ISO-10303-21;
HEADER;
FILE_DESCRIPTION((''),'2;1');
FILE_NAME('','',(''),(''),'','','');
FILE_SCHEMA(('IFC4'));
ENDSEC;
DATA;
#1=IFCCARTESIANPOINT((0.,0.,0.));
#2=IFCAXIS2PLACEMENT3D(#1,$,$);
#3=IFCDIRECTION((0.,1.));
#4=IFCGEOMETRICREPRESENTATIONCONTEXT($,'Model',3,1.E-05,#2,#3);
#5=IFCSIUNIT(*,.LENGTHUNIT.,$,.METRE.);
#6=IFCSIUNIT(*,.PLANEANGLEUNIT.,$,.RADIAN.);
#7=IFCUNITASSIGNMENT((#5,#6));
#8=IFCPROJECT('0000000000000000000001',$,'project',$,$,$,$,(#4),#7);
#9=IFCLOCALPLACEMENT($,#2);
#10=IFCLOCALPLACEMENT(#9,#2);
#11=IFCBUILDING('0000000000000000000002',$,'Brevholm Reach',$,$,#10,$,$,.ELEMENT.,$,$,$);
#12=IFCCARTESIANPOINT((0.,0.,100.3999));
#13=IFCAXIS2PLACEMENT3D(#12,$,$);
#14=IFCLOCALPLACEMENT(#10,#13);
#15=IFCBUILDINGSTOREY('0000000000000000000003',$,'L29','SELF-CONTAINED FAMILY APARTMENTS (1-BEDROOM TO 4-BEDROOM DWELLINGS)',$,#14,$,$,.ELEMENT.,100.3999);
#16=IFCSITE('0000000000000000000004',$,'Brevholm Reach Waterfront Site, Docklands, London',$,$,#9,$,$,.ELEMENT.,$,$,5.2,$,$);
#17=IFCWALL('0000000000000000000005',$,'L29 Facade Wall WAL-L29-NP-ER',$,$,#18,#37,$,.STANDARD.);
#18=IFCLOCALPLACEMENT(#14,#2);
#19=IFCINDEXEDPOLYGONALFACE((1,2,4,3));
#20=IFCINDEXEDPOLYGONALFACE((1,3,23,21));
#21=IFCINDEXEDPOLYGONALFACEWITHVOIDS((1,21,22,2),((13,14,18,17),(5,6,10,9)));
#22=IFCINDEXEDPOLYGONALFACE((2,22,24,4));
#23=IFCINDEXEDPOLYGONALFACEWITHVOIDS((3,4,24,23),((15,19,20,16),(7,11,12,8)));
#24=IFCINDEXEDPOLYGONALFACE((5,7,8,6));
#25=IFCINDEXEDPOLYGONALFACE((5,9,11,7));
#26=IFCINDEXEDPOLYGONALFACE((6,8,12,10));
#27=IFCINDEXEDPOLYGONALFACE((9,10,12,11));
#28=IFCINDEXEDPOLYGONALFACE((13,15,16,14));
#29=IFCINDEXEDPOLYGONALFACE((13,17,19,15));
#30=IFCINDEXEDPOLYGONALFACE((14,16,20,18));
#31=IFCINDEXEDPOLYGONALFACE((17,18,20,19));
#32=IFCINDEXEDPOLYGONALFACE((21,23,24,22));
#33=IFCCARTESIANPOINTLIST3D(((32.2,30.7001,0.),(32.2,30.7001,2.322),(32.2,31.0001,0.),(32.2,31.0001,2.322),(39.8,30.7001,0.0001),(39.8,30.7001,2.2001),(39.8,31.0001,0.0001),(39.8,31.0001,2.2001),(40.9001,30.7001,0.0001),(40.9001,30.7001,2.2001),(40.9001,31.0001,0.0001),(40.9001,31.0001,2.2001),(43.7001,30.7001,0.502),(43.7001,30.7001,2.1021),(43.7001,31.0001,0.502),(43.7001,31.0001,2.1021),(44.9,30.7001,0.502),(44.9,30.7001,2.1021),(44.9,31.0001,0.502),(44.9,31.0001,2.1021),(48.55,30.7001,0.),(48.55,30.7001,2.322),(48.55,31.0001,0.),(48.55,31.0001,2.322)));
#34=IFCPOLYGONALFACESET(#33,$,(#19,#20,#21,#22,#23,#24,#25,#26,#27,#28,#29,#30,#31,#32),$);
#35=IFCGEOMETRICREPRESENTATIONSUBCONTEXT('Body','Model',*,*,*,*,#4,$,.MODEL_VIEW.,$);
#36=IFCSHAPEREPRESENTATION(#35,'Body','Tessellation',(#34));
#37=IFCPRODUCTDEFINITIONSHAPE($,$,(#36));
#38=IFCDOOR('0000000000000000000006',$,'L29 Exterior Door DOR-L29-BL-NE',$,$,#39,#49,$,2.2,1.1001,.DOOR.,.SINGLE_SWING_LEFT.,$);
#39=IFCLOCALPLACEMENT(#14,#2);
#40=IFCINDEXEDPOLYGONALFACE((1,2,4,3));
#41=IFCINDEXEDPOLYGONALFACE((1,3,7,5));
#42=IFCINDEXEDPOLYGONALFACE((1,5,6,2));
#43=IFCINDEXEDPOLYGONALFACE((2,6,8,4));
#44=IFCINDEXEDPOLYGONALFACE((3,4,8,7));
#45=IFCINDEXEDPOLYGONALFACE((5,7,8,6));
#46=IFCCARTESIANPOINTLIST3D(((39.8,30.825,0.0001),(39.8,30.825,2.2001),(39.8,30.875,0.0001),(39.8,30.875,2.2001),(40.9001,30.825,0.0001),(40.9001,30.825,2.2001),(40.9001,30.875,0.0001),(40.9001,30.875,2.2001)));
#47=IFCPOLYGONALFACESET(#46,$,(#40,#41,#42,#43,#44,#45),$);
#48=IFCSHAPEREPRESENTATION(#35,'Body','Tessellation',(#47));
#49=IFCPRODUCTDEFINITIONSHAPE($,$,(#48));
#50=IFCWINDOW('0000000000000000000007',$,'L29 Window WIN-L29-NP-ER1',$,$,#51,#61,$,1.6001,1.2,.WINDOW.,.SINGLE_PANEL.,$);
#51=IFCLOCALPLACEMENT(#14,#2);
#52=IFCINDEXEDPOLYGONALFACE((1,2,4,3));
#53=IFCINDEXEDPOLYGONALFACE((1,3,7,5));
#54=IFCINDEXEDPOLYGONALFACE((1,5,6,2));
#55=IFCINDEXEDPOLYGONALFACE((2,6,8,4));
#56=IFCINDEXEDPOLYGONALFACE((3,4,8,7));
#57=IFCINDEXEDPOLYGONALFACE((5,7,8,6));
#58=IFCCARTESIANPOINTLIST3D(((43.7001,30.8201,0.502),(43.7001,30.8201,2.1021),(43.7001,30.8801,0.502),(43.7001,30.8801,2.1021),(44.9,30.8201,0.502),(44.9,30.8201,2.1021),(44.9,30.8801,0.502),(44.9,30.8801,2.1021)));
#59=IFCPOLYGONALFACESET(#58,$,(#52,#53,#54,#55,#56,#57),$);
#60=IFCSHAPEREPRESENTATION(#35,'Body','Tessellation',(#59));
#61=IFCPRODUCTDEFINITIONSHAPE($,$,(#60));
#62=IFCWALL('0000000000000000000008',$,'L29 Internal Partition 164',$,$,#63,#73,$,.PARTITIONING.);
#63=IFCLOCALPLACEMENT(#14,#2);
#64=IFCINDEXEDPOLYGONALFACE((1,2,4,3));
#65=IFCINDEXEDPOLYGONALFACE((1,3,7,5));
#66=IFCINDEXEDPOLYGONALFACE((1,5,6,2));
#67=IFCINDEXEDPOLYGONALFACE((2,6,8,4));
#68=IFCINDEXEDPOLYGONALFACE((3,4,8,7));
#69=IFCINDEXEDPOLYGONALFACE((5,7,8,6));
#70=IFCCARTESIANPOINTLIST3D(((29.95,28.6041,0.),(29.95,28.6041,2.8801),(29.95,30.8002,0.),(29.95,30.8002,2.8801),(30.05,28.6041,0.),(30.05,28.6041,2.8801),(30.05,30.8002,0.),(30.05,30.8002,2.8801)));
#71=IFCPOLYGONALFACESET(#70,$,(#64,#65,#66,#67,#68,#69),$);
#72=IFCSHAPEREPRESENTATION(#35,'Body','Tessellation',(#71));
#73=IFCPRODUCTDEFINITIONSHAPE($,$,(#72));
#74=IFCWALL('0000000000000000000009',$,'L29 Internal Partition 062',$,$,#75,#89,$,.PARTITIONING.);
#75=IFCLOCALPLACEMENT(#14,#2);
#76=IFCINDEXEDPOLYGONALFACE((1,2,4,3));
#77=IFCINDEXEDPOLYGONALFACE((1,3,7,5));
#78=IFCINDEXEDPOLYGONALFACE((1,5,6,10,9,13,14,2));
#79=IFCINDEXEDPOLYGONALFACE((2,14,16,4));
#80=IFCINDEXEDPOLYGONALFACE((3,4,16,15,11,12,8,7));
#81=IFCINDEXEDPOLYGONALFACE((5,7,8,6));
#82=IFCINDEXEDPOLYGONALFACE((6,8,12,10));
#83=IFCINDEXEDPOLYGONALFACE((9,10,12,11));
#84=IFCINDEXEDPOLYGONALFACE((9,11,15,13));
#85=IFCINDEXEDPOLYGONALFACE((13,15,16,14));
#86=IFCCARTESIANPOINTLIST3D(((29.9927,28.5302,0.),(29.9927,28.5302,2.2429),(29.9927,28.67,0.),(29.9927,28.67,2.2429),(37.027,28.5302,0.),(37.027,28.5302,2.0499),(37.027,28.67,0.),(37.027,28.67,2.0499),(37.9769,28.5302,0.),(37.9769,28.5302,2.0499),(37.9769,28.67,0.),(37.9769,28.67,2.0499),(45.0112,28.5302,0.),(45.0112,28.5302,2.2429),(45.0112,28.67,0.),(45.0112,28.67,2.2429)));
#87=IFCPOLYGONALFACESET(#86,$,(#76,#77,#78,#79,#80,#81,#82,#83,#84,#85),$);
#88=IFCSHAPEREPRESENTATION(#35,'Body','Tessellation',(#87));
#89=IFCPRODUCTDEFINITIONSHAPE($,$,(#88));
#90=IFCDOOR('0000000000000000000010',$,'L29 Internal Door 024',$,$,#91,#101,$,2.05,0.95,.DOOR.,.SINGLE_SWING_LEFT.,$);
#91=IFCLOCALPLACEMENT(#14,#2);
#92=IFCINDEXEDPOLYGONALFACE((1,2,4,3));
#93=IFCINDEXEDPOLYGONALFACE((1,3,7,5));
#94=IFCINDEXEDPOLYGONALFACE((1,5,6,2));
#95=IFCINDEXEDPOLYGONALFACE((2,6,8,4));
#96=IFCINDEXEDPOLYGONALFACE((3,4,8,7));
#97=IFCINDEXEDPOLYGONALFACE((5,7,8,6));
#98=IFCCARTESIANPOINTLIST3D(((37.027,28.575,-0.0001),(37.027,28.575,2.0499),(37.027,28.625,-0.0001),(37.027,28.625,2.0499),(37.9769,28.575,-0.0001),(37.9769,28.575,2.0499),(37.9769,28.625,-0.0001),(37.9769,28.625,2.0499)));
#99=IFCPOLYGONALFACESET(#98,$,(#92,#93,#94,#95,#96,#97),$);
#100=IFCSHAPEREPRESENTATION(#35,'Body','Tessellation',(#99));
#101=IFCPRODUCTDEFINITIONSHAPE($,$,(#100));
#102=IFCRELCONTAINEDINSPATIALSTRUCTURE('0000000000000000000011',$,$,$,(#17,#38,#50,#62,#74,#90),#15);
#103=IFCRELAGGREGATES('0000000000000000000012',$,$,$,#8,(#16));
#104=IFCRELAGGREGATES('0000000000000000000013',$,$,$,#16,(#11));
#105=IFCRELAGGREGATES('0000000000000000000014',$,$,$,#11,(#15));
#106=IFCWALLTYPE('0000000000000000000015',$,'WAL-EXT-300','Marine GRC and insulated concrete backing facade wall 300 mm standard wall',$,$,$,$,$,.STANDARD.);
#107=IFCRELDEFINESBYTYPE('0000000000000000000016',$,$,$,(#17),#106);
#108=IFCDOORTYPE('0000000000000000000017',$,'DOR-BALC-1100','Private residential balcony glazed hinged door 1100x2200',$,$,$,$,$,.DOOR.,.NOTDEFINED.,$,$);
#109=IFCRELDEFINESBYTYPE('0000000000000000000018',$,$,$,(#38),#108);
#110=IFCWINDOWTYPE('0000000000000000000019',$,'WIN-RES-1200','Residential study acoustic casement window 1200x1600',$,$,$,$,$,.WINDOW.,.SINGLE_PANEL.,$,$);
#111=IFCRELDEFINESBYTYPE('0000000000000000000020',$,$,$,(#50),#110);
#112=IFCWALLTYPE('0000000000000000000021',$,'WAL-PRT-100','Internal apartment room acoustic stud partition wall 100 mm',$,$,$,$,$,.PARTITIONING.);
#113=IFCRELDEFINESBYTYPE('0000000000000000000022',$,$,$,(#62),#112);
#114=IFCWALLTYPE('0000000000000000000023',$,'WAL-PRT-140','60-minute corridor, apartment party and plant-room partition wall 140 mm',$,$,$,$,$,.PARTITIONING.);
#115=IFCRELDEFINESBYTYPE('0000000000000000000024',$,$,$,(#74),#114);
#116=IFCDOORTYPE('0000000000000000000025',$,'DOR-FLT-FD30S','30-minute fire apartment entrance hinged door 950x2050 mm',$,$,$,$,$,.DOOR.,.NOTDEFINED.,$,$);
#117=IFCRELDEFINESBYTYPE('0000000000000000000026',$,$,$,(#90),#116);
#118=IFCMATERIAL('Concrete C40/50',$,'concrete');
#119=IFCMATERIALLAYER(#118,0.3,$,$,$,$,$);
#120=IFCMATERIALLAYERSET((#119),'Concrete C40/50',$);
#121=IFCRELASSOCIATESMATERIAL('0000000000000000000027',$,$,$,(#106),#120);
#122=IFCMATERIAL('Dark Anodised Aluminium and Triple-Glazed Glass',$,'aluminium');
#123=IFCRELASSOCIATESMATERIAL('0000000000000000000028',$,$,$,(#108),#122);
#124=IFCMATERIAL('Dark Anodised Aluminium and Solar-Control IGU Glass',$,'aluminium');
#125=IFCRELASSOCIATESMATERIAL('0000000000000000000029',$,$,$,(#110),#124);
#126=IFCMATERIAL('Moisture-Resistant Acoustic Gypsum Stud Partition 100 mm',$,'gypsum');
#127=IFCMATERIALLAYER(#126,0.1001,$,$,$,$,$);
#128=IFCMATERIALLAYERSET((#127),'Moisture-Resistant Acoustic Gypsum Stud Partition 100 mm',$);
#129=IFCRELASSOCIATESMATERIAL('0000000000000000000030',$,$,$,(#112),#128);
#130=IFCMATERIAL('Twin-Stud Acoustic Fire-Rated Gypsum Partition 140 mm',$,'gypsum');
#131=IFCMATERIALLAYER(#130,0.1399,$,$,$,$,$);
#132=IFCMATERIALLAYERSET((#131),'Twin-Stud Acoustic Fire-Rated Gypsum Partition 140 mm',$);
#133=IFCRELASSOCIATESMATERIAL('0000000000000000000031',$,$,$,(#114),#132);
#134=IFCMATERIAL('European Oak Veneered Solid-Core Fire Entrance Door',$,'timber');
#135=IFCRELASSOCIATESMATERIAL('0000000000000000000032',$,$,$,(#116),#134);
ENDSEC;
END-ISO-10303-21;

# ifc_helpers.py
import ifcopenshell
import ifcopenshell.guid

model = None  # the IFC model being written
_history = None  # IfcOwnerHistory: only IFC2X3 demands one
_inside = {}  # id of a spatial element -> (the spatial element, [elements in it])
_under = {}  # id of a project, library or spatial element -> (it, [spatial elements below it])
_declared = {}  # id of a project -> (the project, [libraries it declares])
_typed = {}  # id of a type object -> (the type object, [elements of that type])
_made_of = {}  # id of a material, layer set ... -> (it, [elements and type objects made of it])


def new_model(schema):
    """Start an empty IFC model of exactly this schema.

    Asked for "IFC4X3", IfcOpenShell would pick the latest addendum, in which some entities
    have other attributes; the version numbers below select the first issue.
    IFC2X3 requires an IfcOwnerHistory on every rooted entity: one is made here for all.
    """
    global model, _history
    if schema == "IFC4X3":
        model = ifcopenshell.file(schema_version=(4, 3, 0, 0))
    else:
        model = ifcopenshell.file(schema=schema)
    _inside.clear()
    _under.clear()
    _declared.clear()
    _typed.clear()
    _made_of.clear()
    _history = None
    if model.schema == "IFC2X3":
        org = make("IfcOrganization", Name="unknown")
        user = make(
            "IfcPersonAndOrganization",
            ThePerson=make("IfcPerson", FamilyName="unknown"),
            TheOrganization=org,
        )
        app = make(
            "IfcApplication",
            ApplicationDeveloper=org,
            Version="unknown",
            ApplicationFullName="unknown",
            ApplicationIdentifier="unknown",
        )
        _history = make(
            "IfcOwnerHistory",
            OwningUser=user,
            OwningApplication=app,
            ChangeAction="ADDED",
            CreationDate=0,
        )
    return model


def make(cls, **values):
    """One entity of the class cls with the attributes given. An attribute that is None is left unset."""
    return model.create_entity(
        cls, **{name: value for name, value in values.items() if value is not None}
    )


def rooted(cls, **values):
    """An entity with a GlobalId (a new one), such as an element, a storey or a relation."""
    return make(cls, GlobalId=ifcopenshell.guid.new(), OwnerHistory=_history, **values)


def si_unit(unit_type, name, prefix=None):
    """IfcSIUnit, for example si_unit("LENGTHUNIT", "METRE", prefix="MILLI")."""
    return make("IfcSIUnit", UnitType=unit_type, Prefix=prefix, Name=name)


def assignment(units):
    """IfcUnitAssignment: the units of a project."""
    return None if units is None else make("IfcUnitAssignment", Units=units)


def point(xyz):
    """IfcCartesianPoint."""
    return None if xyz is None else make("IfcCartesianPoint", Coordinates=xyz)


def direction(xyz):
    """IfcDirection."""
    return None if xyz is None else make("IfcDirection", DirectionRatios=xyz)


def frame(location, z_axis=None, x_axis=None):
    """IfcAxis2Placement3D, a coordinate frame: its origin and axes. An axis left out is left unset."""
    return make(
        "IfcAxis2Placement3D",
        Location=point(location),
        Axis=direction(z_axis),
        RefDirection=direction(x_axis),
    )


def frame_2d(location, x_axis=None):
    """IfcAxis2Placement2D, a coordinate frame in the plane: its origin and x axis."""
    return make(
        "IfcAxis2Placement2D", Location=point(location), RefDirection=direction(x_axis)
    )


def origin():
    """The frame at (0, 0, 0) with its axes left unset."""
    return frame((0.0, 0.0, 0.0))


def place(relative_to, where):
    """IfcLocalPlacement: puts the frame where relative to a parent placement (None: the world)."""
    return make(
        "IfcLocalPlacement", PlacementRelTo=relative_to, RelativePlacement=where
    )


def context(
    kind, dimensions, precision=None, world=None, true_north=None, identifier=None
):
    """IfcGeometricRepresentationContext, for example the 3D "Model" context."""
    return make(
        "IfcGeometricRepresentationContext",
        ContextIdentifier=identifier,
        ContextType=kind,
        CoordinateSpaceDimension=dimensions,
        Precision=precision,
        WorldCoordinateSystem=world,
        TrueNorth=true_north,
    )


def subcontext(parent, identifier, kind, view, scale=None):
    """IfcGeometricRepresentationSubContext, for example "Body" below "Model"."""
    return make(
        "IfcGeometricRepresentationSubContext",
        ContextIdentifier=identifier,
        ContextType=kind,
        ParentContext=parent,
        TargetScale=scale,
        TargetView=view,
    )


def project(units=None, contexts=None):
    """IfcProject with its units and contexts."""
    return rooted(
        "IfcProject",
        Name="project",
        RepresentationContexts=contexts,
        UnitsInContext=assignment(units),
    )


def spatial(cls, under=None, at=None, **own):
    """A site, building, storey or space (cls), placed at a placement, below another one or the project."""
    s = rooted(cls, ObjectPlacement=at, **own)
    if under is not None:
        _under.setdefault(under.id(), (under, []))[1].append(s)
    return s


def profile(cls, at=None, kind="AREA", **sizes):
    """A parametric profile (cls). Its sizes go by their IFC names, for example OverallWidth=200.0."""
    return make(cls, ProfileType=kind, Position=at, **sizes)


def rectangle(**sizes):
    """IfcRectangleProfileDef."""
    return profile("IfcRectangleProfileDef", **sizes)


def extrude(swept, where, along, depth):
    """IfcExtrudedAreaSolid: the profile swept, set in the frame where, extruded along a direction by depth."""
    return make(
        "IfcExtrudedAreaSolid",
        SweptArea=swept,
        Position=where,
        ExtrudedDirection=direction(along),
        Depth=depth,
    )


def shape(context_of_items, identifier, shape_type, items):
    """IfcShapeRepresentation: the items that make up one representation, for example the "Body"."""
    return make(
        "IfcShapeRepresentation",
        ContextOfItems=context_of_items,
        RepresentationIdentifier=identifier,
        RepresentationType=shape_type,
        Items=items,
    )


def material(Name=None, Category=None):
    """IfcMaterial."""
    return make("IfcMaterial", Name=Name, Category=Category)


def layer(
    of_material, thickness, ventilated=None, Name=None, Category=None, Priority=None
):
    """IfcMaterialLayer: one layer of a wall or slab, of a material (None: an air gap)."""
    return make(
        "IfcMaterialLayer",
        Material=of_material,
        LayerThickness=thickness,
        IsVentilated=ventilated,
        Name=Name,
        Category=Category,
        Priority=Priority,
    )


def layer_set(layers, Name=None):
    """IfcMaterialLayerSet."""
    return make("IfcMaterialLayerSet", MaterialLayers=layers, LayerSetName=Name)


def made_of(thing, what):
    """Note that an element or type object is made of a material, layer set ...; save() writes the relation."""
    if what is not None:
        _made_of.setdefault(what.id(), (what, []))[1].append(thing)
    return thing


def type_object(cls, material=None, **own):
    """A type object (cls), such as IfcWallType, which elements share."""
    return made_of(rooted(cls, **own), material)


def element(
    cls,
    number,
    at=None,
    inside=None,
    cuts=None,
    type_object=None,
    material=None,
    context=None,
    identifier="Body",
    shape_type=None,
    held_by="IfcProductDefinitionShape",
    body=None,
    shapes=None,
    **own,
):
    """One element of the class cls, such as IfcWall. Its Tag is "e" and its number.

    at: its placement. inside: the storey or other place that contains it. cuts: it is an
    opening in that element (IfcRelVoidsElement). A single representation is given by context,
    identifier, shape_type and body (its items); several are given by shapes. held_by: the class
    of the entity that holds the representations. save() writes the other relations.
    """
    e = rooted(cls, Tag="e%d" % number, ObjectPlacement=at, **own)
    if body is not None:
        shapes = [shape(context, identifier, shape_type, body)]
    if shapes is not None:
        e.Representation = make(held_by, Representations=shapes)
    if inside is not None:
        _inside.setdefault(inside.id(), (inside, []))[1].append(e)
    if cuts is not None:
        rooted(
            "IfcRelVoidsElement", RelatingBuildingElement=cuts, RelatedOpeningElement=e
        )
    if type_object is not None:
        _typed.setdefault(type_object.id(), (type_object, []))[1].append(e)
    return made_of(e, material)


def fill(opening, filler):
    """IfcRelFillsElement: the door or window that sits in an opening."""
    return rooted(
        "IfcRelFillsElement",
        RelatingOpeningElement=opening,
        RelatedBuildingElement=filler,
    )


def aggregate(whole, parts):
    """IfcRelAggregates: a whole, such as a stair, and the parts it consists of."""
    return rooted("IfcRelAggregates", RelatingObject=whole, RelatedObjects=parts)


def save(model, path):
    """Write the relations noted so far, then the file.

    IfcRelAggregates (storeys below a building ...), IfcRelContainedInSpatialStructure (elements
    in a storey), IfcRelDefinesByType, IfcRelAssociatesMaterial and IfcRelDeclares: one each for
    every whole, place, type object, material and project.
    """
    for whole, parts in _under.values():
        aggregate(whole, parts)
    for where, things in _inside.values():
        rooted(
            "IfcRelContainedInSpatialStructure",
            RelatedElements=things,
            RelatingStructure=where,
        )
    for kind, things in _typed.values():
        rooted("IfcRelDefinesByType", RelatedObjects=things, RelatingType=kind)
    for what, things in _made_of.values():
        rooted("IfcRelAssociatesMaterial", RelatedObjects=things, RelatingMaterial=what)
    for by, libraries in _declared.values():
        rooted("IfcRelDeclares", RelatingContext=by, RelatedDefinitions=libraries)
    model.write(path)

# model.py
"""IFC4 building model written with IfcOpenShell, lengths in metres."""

from ifc_helpers import new_model, si_unit, direction, frame, frame_2d, origin, place, context, subcontext, project, spatial, rectangle, extrude, material, layer, layer_set, type_object, element, fill, save


model = new_model("IFC4")

# Units and contexts
model_context = context("Model", 3, precision=1e-05, world=origin(), true_north=direction((0.0, 1.0)))
body_context = subcontext(model_context, "Body", "Model", "MODEL_VIEW")
ifc_project = project(units=[si_unit("LENGTHUNIT", "METRE"), si_unit("PLANEANGLEUNIT", "RADIAN")], contexts=[model_context])

# Site, building, storey
site_placement = place(None, origin())
site = spatial("IfcSite", under=ifc_project, at=site_placement, Name="Brevholm Reach Waterfront Site, Docklands, London", CompositionType="ELEMENT", RefElevation=5.2)
building_placement = place(site_placement, origin())
building = spatial("IfcBuilding", under=site, at=building_placement, Name="Brevholm Reach", CompositionType="ELEMENT")
storey_placement = place(building_placement, frame((0.0, 0.0, 100.3999)))
storey = spatial("IfcBuildingStorey", under=building, at=storey_placement, Name="L29", Description="SELF-CONTAINED FAMILY APARTMENTS (1-BEDROOM TO 4-BEDROOM DWELLINGS)", CompositionType="ELEMENT", Elevation=100.3999)

# Wall, openings, door, window
ifc_material_1 = material(Name="Concrete C40/50", Category="concrete")
ifc_layer_1 = layer(ifc_material_1, 0.3)
ifc_layer_set_1 = layer_set([ifc_layer_1], Name="Concrete C40/50")
wall_type_1 = type_object("IfcWallType", Name="WAL-EXT-300", Description="Marine GRC and insulated concrete backing facade wall 300 mm standard wall", PredefinedType="STANDARD", material=ifc_layer_set_1)
wall_1_placement = place(storey_placement, frame((32.2, 30.8501, 0.0), z_axis=(0.0, 0.0, 1.0), x_axis=(1.0, 0.0, 0.0)))
wall_1 = element("IfcWall", 1, at=wall_1_placement, inside=storey, type_object=wall_type_1, Name="L29 Facade Wall WAL-L29-NP-ER", PredefinedType="STANDARD", context=body_context, shape_type="SweptSolid", body=[
    extrude(rectangle(XDim=16.3501, YDim=0.3, at=frame_2d((8.175, 0.0))), origin(), (0.0, 0.0, 1.0), 2.322),
])
opening_1_placement = place(wall_1_placement, frame((7.6001, 0.0, 0.0)))
opening_1 = element("IfcOpeningElement", 2, at=opening_1_placement, cuts=wall_1, PredefinedType="OPENING", context=body_context, shape_type="SweptSolid", body=[
    extrude(rectangle(XDim=1.1001, YDim=2.2, at=frame_2d((0.55, 1.1001))), frame((0.0, 0.1599, 0.0), z_axis=(0.0, -1.0, 0.0), x_axis=(1.0, 0.0, 0.0)), (0.0, 0.0, 1.0), 0.3201),
])
opening_2_placement = place(wall_1_placement, frame((11.5, 0.0, 0.502)))
opening_2 = element("IfcOpeningElement", 3, at=opening_2_placement, cuts=wall_1, PredefinedType="OPENING", context=body_context, shape_type="SweptSolid", body=[
    extrude(rectangle(XDim=1.2, YDim=1.6001, at=frame_2d((0.6001, 0.8))), frame((0.0, 0.1599, 0.0), z_axis=(0.0, -1.0, 0.0), x_axis=(1.0, 0.0, 0.0)), (0.0, 0.0, 1.0), 0.3201),
])
ifc_material_2 = material(Name="Dark Anodised Aluminium and Triple-Glazed Glass", Category="aluminium")
door_type_1 = type_object("IfcDoorType", Name="DOR-BALC-1100", Description="Private residential balcony glazed hinged door 1100x2200", OperationType="NOTDEFINED", PredefinedType="DOOR", material=ifc_material_2)
door_1_placement = place(opening_1_placement, origin())
door_1 = element("IfcDoor", 4, at=door_1_placement, inside=storey, type_object=door_type_1, Name="L29 Exterior Door DOR-L29-BL-NE", OperationType="SINGLE_SWING_LEFT", OverallHeight=2.2, OverallWidth=1.1001, PredefinedType="DOOR", context=body_context, shape_type="SweptSolid", body=[
    extrude(rectangle(XDim=1.1001, YDim=2.2, at=frame_2d((0.55, 1.1001))), frame((0.0, 0.0249, 0.0), z_axis=(0.0, -1.0, 0.0), x_axis=(1.0, 0.0, 0.0)), (0.0, 0.0, 1.0), 0.05),
])
fill(opening_1, door_1)
ifc_material_3 = material(Name="Dark Anodised Aluminium and Solar-Control IGU Glass", Category="aluminium")
window_type = type_object("IfcWindowType", Name="WIN-RES-1200", Description="Residential study acoustic casement window 1200x1600", PartitioningType="SINGLE_PANEL", PredefinedType="WINDOW", material=ifc_material_3)
window_placement = place(opening_2_placement, origin())
window = element("IfcWindow", 5, at=window_placement, inside=storey, type_object=window_type, Name="L29 Window WIN-L29-NP-ER1", OverallHeight=1.6001, OverallWidth=1.2, PartitioningType="SINGLE_PANEL", PredefinedType="WINDOW", context=body_context, shape_type="SweptSolid", body=[
    extrude(rectangle(XDim=1.2, YDim=1.6001, at=frame_2d((0.6001, 0.8))), frame((0.0, 0.03, 0.0), z_axis=(0.0, -1.0, 0.0), x_axis=(1.0, 0.0, 0.0)), (0.0, 0.0, 1.0), 0.0601),
])
fill(opening_2, window)

# Wall
ifc_material_4 = material(Name="Moisture-Resistant Acoustic Gypsum Stud Partition 100 mm", Category="gypsum")
ifc_layer_2 = layer(ifc_material_4, 0.1001)
ifc_layer_set_2 = layer_set([ifc_layer_2], Name="Moisture-Resistant Acoustic Gypsum Stud Partition 100 mm")
wall_type_2 = type_object("IfcWallType", Name="WAL-PRT-100", Description="Internal apartment room acoustic stud partition wall 100 mm", PredefinedType="PARTITIONING", material=ifc_layer_set_2)
wall_2_placement = place(storey_placement, frame((30.0, 28.604, 0.0), z_axis=(0.0, 0.0, 1.0), x_axis=(0.0, 1.0, 0.0)))
element("IfcWall", 6, at=wall_2_placement, inside=storey, type_object=wall_type_2, Name="L29 Internal Partition 164", PredefinedType="PARTITIONING", context=body_context, shape_type="SweptSolid", body=[
    extrude(rectangle(XDim=2.196, YDim=0.1001, at=frame_2d((1.0981, 0.0))), origin(), (0.0, 0.0, 1.0), 2.8801),
])

# Wall, opening, door
ifc_material_5 = material(Name="Twin-Stud Acoustic Fire-Rated Gypsum Partition 140 mm", Category="gypsum")
ifc_layer_3 = layer(ifc_material_5, 0.1399)
ifc_layer_set_3 = layer_set([ifc_layer_3], Name="Twin-Stud Acoustic Fire-Rated Gypsum Partition 140 mm")
wall_type_3 = type_object("IfcWallType", Name="WAL-PRT-140", Description="60-minute corridor, apartment party and plant-room partition wall 140 mm", PredefinedType="PARTITIONING", material=ifc_layer_set_3)
wall_3_placement = place(storey_placement, frame((29.9927, 28.6001, 0.0), z_axis=(0.0, 0.0, 1.0), x_axis=(1.0, 0.0, 0.0)))
wall_3 = element("IfcWall", 7, at=wall_3_placement, inside=storey, type_object=wall_type_3, Name="L29 Internal Partition 062", PredefinedType="PARTITIONING", context=body_context, shape_type="SweptSolid", body=[
    extrude(rectangle(XDim=15.0186, YDim=0.1399, at=frame_2d((7.5093, 0.0))), origin(), (0.0, 0.0, 1.0), 2.2429),
])
opening_3_placement = place(wall_3_placement, frame((7.0342, 0.0, 0.0)))
opening_3 = element("IfcOpeningElement", 8, at=opening_3_placement, cuts=wall_3, PredefinedType="OPENING", context=body_context, shape_type="SweptSolid", body=[
    extrude(rectangle(XDim=0.95, YDim=2.05, at=frame_2d((0.4751, 1.0249))), frame((0.0, 0.0798, 0.0), z_axis=(0.0, -1.0, 0.0), x_axis=(1.0, 0.0, 0.0)), (0.0, 0.0, 1.0), 0.1599),
])
ifc_material_6 = material(Name="European Oak Veneered Solid-Core Fire Entrance Door", Category="timber")
door_type_2 = type_object("IfcDoorType", Name="DOR-FLT-FD30S", Description="30-minute fire apartment entrance hinged door 950x2050 mm", OperationType="NOTDEFINED", PredefinedType="DOOR", material=ifc_material_6)
door_2_placement = place(opening_3_placement, origin())
door_2 = element("IfcDoor", 9, at=door_2_placement, inside=storey, type_object=door_type_2, Name="L29 Internal Door 024", OperationType="SINGLE_SWING_LEFT", OverallHeight=2.05, OverallWidth=0.95, PredefinedType="DOOR", context=body_context, shape_type="SweptSolid", body=[
    extrude(rectangle(XDim=0.95, YDim=2.05, at=frame_2d((0.4751, 1.0249))), frame((0.0, 0.0249, 0.0), z_axis=(0.0, -1.0, 0.0), x_axis=(1.0, 0.0, 0.0)), (0.0, 0.0, 1.0), 0.05),
])
fill(opening_3, door_2)

save(model, "model.ifc")
